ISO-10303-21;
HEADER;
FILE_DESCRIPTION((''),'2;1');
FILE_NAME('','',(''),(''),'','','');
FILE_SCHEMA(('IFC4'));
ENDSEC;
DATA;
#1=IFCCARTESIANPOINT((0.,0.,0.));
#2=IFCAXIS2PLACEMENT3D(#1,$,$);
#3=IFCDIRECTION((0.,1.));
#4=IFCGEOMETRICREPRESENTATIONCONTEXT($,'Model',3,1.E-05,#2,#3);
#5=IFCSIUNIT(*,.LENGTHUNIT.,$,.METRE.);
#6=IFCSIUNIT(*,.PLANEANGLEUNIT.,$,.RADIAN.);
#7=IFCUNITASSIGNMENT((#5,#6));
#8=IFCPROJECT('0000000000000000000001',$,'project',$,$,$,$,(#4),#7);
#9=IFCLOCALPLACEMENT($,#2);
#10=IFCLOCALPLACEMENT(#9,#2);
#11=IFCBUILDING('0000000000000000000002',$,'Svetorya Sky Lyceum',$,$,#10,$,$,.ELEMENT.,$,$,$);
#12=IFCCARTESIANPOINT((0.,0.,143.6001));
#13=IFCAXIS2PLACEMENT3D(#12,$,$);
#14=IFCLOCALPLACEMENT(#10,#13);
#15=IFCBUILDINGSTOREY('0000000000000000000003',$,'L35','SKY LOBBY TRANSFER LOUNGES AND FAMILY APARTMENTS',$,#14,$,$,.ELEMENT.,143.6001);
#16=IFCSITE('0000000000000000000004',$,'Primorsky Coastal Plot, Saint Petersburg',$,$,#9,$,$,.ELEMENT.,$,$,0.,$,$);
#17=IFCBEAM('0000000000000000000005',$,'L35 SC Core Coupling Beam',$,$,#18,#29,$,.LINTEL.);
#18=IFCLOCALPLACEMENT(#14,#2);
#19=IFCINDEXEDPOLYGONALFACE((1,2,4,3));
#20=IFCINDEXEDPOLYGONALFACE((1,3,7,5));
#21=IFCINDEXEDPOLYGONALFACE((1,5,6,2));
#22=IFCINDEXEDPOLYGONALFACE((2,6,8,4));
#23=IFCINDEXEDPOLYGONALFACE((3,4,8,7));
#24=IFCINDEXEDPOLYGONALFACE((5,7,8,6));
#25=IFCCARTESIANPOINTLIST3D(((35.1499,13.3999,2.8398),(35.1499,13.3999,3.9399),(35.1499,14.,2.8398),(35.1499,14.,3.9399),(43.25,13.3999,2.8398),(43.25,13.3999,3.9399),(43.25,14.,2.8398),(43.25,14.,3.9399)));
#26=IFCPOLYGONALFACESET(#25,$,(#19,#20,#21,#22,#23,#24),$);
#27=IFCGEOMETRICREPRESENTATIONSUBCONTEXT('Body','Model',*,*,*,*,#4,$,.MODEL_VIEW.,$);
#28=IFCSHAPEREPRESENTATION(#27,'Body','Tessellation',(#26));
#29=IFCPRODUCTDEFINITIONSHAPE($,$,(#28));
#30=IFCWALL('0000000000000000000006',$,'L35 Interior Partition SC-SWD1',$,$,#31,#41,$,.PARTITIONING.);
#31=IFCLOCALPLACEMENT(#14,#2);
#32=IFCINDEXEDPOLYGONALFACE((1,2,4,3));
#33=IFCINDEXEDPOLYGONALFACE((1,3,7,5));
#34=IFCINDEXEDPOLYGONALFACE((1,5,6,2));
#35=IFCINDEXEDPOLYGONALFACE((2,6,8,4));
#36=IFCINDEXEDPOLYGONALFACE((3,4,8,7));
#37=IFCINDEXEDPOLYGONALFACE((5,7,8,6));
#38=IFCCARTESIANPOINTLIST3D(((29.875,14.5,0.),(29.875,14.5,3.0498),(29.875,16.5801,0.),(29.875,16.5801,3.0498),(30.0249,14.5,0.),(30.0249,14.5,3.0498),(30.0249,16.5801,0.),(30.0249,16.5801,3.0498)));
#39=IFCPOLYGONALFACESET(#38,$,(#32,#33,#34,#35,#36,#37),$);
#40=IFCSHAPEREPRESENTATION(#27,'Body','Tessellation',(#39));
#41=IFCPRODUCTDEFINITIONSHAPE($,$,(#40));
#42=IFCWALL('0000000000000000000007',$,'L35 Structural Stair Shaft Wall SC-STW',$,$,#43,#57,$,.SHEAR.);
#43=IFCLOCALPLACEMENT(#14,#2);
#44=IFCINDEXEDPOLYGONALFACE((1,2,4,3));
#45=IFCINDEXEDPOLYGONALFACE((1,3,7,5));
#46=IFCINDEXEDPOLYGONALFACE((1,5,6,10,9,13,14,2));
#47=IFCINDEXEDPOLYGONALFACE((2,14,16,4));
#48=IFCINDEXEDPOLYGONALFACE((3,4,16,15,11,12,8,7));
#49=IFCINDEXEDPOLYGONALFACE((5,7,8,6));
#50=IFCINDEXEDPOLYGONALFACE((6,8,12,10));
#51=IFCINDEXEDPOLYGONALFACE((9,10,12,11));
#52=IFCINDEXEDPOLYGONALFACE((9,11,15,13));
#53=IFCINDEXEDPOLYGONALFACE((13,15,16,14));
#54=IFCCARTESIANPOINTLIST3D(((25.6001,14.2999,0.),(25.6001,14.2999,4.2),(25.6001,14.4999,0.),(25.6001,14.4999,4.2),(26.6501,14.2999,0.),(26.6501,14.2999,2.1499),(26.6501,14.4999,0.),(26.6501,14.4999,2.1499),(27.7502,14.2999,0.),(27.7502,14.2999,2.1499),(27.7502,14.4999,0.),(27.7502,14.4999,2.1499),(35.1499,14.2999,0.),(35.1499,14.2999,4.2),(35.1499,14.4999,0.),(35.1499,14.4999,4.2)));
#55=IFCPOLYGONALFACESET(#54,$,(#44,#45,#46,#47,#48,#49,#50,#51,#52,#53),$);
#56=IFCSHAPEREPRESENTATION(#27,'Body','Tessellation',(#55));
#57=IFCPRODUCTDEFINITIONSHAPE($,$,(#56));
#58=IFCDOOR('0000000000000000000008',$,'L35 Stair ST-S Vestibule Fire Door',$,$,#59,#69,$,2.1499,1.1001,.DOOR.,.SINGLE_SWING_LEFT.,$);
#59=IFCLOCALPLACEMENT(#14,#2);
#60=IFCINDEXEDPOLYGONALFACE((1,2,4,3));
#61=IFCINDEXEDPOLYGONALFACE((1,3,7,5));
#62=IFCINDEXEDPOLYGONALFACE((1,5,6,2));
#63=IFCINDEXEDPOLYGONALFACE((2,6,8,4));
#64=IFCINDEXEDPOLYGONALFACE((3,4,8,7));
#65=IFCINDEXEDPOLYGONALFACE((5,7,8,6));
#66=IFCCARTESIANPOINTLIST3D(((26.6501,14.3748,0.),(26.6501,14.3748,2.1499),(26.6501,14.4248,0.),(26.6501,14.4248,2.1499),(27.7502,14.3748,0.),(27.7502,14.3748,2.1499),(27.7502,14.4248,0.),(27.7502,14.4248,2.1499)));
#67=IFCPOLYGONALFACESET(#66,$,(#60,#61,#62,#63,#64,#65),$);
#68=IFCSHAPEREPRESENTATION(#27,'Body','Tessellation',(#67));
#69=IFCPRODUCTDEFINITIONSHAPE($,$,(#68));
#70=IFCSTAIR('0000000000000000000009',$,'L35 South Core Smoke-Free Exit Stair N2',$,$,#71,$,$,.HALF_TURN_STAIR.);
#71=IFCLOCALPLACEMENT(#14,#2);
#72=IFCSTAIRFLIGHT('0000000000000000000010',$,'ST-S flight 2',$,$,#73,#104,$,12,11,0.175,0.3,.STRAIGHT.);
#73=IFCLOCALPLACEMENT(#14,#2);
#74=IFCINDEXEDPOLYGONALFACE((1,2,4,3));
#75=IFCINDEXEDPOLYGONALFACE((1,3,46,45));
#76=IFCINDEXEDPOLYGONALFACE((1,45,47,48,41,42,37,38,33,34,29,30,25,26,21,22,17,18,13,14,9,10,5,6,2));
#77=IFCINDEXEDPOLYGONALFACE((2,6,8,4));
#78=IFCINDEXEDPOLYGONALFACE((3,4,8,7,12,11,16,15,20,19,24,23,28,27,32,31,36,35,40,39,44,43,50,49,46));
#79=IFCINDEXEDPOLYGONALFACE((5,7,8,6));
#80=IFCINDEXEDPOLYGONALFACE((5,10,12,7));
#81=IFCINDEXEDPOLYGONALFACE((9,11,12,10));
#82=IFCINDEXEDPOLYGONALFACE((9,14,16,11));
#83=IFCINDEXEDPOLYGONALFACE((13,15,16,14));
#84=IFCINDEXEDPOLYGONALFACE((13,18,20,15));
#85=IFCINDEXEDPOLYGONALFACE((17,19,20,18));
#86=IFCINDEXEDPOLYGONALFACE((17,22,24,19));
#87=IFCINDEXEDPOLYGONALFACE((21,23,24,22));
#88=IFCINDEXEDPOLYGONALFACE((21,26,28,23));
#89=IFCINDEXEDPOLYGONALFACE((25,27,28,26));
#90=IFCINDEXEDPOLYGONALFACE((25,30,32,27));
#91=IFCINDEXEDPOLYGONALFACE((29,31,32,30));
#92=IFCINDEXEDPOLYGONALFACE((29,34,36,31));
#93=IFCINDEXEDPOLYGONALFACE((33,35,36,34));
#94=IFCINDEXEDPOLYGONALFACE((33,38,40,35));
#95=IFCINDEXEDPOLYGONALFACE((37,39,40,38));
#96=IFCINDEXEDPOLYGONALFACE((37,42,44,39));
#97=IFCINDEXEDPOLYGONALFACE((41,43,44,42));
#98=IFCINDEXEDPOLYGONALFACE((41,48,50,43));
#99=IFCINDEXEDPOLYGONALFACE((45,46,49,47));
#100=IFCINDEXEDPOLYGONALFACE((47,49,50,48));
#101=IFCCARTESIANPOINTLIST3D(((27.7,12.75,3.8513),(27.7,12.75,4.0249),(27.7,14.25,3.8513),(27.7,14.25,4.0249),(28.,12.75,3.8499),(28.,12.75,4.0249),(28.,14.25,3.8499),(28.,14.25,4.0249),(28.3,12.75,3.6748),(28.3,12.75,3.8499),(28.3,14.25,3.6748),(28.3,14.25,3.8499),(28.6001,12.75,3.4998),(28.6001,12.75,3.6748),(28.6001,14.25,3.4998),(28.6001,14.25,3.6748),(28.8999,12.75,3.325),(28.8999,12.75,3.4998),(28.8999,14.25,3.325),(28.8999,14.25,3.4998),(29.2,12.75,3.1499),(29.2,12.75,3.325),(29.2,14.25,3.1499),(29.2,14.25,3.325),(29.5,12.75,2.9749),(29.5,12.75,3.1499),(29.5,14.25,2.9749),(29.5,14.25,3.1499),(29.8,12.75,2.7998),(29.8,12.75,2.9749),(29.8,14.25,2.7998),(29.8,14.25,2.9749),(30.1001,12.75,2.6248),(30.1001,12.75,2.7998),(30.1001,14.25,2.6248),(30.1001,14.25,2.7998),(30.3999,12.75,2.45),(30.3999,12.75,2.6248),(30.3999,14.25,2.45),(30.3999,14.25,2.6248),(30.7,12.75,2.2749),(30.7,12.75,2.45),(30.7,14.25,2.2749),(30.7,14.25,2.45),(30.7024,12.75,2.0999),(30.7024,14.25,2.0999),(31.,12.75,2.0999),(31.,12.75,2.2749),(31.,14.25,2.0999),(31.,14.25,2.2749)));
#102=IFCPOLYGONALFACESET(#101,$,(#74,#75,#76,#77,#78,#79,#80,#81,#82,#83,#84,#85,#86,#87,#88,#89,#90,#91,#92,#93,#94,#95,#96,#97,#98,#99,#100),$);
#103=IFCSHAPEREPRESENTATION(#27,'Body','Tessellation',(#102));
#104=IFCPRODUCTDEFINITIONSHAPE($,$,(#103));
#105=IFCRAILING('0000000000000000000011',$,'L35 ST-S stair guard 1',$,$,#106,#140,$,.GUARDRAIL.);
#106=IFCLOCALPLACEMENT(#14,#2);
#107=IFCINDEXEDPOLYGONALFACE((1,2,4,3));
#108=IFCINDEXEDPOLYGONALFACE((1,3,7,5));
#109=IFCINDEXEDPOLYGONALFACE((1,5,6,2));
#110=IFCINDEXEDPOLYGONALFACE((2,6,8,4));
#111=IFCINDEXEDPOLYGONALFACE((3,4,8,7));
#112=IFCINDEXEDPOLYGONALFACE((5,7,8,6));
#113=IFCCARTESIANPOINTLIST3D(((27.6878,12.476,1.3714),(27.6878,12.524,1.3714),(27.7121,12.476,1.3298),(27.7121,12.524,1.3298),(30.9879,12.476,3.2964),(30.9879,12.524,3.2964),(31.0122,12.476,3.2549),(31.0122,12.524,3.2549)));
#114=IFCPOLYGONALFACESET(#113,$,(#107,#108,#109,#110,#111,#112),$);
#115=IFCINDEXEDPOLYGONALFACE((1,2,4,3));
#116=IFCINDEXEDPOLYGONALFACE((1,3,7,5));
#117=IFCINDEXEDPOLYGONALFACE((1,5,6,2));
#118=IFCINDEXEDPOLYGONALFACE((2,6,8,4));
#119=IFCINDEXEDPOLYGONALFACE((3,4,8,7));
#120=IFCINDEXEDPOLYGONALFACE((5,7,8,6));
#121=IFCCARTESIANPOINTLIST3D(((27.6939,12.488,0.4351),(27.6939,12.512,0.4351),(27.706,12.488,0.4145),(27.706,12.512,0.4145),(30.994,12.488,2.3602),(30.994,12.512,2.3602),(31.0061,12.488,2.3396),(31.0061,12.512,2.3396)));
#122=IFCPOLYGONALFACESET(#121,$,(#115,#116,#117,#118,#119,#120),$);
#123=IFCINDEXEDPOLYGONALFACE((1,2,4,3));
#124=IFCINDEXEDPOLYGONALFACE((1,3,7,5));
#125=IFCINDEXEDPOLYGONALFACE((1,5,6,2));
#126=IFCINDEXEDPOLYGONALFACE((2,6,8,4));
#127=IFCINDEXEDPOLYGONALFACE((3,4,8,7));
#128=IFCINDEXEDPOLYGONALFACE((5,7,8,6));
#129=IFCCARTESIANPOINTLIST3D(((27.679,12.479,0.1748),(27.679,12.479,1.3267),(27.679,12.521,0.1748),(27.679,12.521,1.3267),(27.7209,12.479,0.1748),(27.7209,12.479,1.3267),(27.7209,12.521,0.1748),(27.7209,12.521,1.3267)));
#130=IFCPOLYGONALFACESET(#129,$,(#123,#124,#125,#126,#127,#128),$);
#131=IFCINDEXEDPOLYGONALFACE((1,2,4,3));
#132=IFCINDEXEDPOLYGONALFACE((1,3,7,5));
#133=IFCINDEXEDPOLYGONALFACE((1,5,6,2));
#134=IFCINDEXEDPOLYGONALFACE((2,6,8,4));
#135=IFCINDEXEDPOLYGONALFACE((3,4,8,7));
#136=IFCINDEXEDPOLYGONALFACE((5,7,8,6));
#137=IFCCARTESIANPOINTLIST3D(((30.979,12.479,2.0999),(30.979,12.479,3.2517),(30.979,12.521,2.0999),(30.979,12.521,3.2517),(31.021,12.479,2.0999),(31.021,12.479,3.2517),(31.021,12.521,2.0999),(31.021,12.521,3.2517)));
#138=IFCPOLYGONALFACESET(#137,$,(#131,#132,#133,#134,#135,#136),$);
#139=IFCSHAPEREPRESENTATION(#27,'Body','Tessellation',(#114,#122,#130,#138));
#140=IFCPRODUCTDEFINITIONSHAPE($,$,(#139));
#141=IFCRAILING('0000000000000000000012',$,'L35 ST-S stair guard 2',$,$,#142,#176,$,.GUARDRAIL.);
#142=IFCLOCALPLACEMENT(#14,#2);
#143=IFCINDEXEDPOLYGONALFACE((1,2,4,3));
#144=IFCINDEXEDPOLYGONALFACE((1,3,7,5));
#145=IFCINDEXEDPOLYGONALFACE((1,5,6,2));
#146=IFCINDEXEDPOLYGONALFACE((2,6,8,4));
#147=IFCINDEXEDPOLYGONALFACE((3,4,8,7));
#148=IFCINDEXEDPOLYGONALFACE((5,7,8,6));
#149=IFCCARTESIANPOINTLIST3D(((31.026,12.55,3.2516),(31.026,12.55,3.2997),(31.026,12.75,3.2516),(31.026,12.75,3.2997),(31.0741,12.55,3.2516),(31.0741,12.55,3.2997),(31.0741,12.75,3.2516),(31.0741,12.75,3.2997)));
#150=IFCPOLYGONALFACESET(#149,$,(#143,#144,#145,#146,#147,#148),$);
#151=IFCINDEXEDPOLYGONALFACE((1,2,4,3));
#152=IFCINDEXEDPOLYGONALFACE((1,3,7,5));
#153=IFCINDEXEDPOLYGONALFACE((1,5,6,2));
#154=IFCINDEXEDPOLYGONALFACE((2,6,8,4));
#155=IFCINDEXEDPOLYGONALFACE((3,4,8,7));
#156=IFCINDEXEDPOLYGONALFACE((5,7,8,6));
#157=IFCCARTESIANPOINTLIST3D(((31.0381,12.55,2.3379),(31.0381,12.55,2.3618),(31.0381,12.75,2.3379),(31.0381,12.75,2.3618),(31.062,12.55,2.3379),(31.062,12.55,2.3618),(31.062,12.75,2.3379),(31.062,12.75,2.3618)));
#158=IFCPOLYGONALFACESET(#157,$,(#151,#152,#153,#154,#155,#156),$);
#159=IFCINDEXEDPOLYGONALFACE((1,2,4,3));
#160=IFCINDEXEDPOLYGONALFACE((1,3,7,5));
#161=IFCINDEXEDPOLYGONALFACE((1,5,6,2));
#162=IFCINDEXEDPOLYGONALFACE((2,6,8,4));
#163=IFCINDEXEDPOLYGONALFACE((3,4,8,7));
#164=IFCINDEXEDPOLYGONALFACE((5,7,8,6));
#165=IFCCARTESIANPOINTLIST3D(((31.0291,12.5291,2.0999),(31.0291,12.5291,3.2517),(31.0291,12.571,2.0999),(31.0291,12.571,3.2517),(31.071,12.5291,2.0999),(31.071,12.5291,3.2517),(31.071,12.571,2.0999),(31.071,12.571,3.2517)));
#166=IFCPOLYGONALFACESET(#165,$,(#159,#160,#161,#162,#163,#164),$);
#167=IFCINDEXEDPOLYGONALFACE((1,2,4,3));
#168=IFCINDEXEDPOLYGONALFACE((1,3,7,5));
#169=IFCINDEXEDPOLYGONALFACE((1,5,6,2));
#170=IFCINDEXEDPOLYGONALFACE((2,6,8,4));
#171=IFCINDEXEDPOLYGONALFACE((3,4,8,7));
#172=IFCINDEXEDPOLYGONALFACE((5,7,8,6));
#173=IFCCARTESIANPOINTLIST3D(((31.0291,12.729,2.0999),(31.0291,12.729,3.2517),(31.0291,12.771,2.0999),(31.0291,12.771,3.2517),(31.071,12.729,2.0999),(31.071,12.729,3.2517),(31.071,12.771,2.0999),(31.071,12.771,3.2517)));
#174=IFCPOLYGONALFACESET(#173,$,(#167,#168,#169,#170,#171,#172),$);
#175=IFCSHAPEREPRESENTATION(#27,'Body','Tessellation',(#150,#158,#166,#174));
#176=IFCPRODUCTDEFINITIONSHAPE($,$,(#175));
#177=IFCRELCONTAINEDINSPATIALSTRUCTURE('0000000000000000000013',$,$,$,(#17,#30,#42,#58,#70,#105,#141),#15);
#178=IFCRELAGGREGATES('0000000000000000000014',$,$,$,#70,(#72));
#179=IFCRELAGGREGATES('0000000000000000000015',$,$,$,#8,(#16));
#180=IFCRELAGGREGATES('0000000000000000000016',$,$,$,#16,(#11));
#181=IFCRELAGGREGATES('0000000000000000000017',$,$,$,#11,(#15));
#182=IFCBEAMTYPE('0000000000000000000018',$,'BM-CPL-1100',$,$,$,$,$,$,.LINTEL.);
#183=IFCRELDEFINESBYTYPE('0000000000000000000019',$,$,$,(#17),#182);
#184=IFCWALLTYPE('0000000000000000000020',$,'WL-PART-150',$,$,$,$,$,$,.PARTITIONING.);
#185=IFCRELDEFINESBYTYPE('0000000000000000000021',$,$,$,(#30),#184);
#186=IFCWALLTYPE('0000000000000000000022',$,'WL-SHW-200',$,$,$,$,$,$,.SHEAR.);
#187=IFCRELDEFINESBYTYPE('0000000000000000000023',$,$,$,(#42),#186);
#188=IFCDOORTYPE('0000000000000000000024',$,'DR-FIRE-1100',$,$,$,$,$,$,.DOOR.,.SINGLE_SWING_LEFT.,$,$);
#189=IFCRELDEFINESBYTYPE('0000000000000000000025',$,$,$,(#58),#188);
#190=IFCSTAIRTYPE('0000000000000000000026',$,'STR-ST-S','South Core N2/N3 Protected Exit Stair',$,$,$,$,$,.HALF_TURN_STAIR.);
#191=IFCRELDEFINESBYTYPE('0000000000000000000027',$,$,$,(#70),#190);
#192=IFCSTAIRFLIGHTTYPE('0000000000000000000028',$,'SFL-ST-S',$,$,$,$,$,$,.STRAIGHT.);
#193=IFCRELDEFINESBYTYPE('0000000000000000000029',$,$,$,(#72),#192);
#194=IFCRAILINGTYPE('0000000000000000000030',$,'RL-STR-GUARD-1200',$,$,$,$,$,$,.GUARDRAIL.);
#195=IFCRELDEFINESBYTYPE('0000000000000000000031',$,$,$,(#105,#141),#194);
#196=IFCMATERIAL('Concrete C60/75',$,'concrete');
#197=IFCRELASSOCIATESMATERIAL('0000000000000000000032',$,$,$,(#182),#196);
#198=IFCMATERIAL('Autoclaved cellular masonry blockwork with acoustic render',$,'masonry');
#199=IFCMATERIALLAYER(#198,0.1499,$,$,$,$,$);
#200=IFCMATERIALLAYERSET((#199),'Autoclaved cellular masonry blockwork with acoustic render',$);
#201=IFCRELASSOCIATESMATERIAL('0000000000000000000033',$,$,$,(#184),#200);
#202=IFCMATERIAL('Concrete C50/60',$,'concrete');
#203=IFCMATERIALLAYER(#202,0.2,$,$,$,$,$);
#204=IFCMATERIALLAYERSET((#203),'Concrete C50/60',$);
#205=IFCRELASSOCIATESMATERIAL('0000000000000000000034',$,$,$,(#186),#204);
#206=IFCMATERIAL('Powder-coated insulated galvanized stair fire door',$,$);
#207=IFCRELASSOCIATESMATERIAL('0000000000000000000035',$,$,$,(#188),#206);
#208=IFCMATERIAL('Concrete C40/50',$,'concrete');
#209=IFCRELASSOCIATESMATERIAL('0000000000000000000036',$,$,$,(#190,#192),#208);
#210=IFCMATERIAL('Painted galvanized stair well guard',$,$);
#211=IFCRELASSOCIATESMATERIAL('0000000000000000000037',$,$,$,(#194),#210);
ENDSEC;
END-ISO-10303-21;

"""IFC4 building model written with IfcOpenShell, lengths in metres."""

from ifc_helpers import new_model, si_unit, direction, frame, frame_2d, origin, origin_2d, place, context, subcontext, project, spatial, polyline, rectangle, outline, extrude, material, layer, layer_set, material_profile, profile_set, type_object, element, fill, aggregate, save


model = new_model("IFC4")

# Units and contexts
model_context = context("Model", 3, precision=1e-05, world=origin(), true_north=direction((0.0, 1.0)))
body_context = subcontext(model_context, "Body", "Model", "MODEL_VIEW")
ifc_project = project(units=[si_unit("LENGTHUNIT", "METRE"), si_unit("PLANEANGLEUNIT", "RADIAN")], contexts=[model_context])

# Site, building, storey
site_placement = place(None, origin())
site = spatial("IfcSite", under=ifc_project, at=site_placement, Name="Primorsky Coastal Plot, Saint Petersburg", CompositionType="ELEMENT", RefElevation=0.0)
building_placement = place(site_placement, origin())
building = spatial("IfcBuilding", under=site, at=building_placement, Name="Svetorya Sky Lyceum", CompositionType="ELEMENT")
storey_placement = place(building_placement, frame((0.0, 0.0, 143.6001)))
storey = spatial("IfcBuildingStorey", under=building, at=storey_placement, Name="L35", Description="SKY LOBBY TRANSFER LOUNGES AND FAMILY APARTMENTS", CompositionType="ELEMENT", Elevation=143.6001)

# Beam
ifc_material_1 = material(Name="Concrete C60/75", Category="concrete")
ifc_material_profile = material_profile(ifc_material_1, rectangle(XDim=0.6001, YDim=1.1001, at=origin_2d()), Name="RC COUPLING 600x1100")
ifc_profile_set = profile_set([ifc_material_profile], Name="Concrete C60/75")
beam_type = type_object("IfcBeamType", Name="BM-CPL-1100", PredefinedType="LINTEL", material=ifc_profile_set)
beam_placement = place(storey_placement, frame((35.1499, 13.7, 3.3899), z_axis=(1.0, 0.0, 0.0), x_axis=(0.0, 1.0, 0.0)))
element("IfcBeam", 1, at=beam_placement, inside=storey, type_object=beam_type, Name="L35 SC Core Coupling Beam", PredefinedType="LINTEL", context=body_context, shape_type="SweptSolid", body=[
    extrude(rectangle(XDim=0.6001, YDim=1.1001, at=origin_2d()), origin(), (0.0, 0.0, 1.0), 8.1001),
])

# Wall
ifc_material_2 = material(Name="Autoclaved cellular masonry blockwork with acoustic render", Category="masonry")
ifc_layer_1 = layer(ifc_material_2, 0.1499)
ifc_layer_set_1 = layer_set([ifc_layer_1], Name="Autoclaved cellular masonry blockwork with acoustic render")
wall_type_1 = type_object("IfcWallType", Name="WL-PART-150", PredefinedType="PARTITIONING", material=ifc_layer_set_1)
wall_1_placement = place(storey_placement, frame((29.95, 14.5, 0.0), z_axis=(0.0, 0.0, 1.0), x_axis=(0.0, 1.0, 0.0)))
element("IfcWall", 2, at=wall_1_placement, inside=storey, type_object=wall_type_1, Name="L35 Interior Partition SC-SWD1", PredefinedType="PARTITIONING", context=body_context, shape_type="SweptSolid", body=[
    extrude(rectangle(XDim=2.0801, YDim=0.1499, at=frame_2d((1.04, 0.0))), origin(), (0.0, 0.0, 1.0), 3.0498),
])

# Wall, opening, door
ifc_material_3 = material(Name="Concrete C50/60", Category="concrete")
ifc_layer_2 = layer(ifc_material_3, 0.2)
ifc_layer_set_2 = layer_set([ifc_layer_2], Name="Concrete C50/60")
wall_type_2 = type_object("IfcWallType", Name="WL-SHW-200", PredefinedType="SHEAR", material=ifc_layer_set_2)
wall_2_placement = place(storey_placement, frame((25.6001, 14.3999, 0.0), z_axis=(0.0, 0.0, 1.0), x_axis=(1.0, 0.0, 0.0)))
wall_2 = element("IfcWall", 3, at=wall_2_placement, inside=storey, type_object=wall_type_2, Name="L35 Structural Stair Shaft Wall SC-STW", PredefinedType="SHEAR", context=body_context, shape_type="SweptSolid", body=[
    extrude(rectangle(XDim=9.5498, YDim=0.2, at=frame_2d((4.7749, 0.0))), origin(), (0.0, 0.0, 1.0), 4.2),
])
opening_1_placement = place(wall_2_placement, frame((1.05, 0.0, 0.0)))
opening_1 = element("IfcOpeningElement", 4, at=opening_1_placement, cuts=wall_2, PredefinedType="OPENING", context=body_context, shape_type="SweptSolid", body=[
    extrude(rectangle(XDim=1.1001, YDim=2.1499, at=frame_2d((0.55, 1.075))), frame((0.0, 0.1099, 0.0), z_axis=(0.0, -1.0, 0.0), x_axis=(1.0, 0.0, 0.0)), (0.0, 0.0, 1.0), 0.22),
])
ifc_material_4 = material(Name="Powder-coated insulated galvanized stair fire door")
door_type_1 = type_object("IfcDoorType", Name="DR-FIRE-1100", OperationType="SINGLE_SWING_LEFT", PredefinedType="DOOR", material=ifc_material_4)
door_1_placement = place(opening_1_placement, origin())
door_1 = element("IfcDoor", 5, at=door_1_placement, inside=storey, type_object=door_type_1, Name="L35 Stair ST-S Vestibule Fire Door", OperationType="SINGLE_SWING_LEFT", OverallHeight=2.1499, OverallWidth=1.1001, PredefinedType="DOOR", context=body_context, shape_type="SweptSolid", body=[
    extrude(rectangle(XDim=1.1001, YDim=2.1499, at=frame_2d((0.55, 1.075))), frame((0.0, 0.0249, 0.0), z_axis=(0.0, -1.0, 0.0), x_axis=(1.0, 0.0, 0.0)), (0.0, 0.0, 1.0), 0.05),
])
fill(opening_1, door_1)

# Stair, stair flight
ifc_material_5 = material(Name="Concrete C40/50", Category="concrete")
stair_type = type_object("IfcStairType", Name="STR-ST-S", Description="South Core N2/N3 Protected Exit Stair", PredefinedType="HALF_TURN_STAIR", material=ifc_material_5)
stair_placement = place(storey_placement, origin())
stair = element("IfcStair", 6, at=stair_placement, inside=storey, type_object=stair_type, Name="L35 South Core Smoke-Free Exit Stair N2", PredefinedType="HALF_TURN_STAIR")
stair_flight_type = type_object("IfcStairFlightType", Name="SFL-ST-S", PredefinedType="STRAIGHT", material=ifc_material_5)
stair_flight_placement = place(storey_placement, frame((31.0, 13.5, 2.0999), z_axis=(0.0, 0.0, 1.0), x_axis=(-1.0, 0.0, 0.0)))
stair_flight = element("IfcStairFlight", 7, at=stair_flight_placement, type_object=stair_flight_type, Name="ST-S flight 2", NumberOfRisers=12, NumberOfTreads=11, PredefinedType="STRAIGHT", RiserHeight=0.175, TreadLength=0.3, context=body_context, shape_type="SweptSolid", body=[
    extrude(outline(polyline([(0.0, 0.0), (0.0, 0.175), (0.3, 0.175), (0.3, 0.3501), (0.6001, 0.3501), (0.6001, 0.5249), (0.8999, 0.5249), (0.8999, 0.7), (1.2, 0.7), (1.2, 0.875), (1.5, 0.875), (1.5, 1.05), (1.8, 1.05), (1.8, 1.2251), (2.1001, 1.2251), (2.1001, 1.3999), (2.3999, 1.3999), (2.3999, 1.575), (2.7, 1.575), (2.7, 1.75), (3.0, 1.75), (3.0, 1.925), (3.3, 1.925), (3.3, 2.1001), (3.3, 1.7515), (0.2976, 0.0), (0.0, 0.0)])), frame((0.0, 0.75, 0.0), z_axis=(0.0, -1.0, 0.0), x_axis=(1.0, 0.0, 0.0)), (0.0, 0.0, 1.0), 1.5),
])
aggregate(stair, [stair_flight])

# Railings
ifc_material_6 = material(Name="Painted galvanized stair well guard")
railing_type_1 = type_object("IfcRailingType", Name="RL-STR-GUARD-1200", PredefinedType="GUARDRAIL", material=ifc_material_6)
railing_1_placement = place(storey_placement, frame((27.7, 12.5, 0.1748)))
element("IfcRailing", 8, at=railing_1_placement, inside=storey, type_object=railing_type_1, Name="L35 ST-S stair guard 1", PredefinedType="GUARDRAIL", context=body_context, shape_type="SweptSolid", body=[
    extrude(rectangle(XDim=0.0481, YDim=0.0481, at=origin_2d()), frame((0.0, 0.0, 1.1758), z_axis=(0.863777, 0.0, 0.503875), x_axis=(0.0, 1.0, 0.0)), (0.0, 0.0, 1.0), 3.8206),
    extrude(rectangle(XDim=0.0239, YDim=0.0239, at=origin_2d()), frame((0.0, 0.0, 0.25), z_axis=(0.863777, 0.0, 0.503875), x_axis=(0.0, 1.0, 0.0)), (0.0, 0.0, 1.0), 3.8206),
    extrude(rectangle(XDim=0.042, YDim=0.042, at=origin_2d()), origin(), (0.0, 0.0, 1.0), 1.1519),
    extrude(rectangle(XDim=0.042, YDim=0.042, at=origin_2d()), frame((3.3, 0.0, 1.925)), (0.0, 0.0, 1.0), 1.1519),
])
railing_2_placement = place(storey_placement, frame((31.05, 12.55, 2.0999)))
element("IfcRailing", 9, at=railing_2_placement, inside=storey, type_object=railing_type_1, Name="L35 ST-S stair guard 2", PredefinedType="GUARDRAIL", context=body_context, shape_type="SweptSolid", body=[
    extrude(rectangle(XDim=0.0481, YDim=0.0481, at=origin_2d()), frame((0.0, 0.0, 1.1758), z_axis=(0.0, 1.0, 0.0), x_axis=(-1.0, 0.0, 0.0)), (0.0, 0.0, 1.0), 0.2),
    extrude(rectangle(XDim=0.0239, YDim=0.0239, at=origin_2d()), frame((0.0, 0.0, 0.25), z_axis=(0.0, 1.0, 0.0), x_axis=(-1.0, 0.0, 0.0)), (0.0, 0.0, 1.0), 0.2),
    extrude(rectangle(XDim=0.042, YDim=0.042, at=origin_2d()), origin(), (0.0, 0.0, 1.0), 1.1519),
    extrude(rectangle(XDim=0.042, YDim=0.042, at=origin_2d()), frame((0.0, 0.2, 0.0)), (0.0, 0.0, 1.0), 1.1519),
])

save(model, "model.ifc")
